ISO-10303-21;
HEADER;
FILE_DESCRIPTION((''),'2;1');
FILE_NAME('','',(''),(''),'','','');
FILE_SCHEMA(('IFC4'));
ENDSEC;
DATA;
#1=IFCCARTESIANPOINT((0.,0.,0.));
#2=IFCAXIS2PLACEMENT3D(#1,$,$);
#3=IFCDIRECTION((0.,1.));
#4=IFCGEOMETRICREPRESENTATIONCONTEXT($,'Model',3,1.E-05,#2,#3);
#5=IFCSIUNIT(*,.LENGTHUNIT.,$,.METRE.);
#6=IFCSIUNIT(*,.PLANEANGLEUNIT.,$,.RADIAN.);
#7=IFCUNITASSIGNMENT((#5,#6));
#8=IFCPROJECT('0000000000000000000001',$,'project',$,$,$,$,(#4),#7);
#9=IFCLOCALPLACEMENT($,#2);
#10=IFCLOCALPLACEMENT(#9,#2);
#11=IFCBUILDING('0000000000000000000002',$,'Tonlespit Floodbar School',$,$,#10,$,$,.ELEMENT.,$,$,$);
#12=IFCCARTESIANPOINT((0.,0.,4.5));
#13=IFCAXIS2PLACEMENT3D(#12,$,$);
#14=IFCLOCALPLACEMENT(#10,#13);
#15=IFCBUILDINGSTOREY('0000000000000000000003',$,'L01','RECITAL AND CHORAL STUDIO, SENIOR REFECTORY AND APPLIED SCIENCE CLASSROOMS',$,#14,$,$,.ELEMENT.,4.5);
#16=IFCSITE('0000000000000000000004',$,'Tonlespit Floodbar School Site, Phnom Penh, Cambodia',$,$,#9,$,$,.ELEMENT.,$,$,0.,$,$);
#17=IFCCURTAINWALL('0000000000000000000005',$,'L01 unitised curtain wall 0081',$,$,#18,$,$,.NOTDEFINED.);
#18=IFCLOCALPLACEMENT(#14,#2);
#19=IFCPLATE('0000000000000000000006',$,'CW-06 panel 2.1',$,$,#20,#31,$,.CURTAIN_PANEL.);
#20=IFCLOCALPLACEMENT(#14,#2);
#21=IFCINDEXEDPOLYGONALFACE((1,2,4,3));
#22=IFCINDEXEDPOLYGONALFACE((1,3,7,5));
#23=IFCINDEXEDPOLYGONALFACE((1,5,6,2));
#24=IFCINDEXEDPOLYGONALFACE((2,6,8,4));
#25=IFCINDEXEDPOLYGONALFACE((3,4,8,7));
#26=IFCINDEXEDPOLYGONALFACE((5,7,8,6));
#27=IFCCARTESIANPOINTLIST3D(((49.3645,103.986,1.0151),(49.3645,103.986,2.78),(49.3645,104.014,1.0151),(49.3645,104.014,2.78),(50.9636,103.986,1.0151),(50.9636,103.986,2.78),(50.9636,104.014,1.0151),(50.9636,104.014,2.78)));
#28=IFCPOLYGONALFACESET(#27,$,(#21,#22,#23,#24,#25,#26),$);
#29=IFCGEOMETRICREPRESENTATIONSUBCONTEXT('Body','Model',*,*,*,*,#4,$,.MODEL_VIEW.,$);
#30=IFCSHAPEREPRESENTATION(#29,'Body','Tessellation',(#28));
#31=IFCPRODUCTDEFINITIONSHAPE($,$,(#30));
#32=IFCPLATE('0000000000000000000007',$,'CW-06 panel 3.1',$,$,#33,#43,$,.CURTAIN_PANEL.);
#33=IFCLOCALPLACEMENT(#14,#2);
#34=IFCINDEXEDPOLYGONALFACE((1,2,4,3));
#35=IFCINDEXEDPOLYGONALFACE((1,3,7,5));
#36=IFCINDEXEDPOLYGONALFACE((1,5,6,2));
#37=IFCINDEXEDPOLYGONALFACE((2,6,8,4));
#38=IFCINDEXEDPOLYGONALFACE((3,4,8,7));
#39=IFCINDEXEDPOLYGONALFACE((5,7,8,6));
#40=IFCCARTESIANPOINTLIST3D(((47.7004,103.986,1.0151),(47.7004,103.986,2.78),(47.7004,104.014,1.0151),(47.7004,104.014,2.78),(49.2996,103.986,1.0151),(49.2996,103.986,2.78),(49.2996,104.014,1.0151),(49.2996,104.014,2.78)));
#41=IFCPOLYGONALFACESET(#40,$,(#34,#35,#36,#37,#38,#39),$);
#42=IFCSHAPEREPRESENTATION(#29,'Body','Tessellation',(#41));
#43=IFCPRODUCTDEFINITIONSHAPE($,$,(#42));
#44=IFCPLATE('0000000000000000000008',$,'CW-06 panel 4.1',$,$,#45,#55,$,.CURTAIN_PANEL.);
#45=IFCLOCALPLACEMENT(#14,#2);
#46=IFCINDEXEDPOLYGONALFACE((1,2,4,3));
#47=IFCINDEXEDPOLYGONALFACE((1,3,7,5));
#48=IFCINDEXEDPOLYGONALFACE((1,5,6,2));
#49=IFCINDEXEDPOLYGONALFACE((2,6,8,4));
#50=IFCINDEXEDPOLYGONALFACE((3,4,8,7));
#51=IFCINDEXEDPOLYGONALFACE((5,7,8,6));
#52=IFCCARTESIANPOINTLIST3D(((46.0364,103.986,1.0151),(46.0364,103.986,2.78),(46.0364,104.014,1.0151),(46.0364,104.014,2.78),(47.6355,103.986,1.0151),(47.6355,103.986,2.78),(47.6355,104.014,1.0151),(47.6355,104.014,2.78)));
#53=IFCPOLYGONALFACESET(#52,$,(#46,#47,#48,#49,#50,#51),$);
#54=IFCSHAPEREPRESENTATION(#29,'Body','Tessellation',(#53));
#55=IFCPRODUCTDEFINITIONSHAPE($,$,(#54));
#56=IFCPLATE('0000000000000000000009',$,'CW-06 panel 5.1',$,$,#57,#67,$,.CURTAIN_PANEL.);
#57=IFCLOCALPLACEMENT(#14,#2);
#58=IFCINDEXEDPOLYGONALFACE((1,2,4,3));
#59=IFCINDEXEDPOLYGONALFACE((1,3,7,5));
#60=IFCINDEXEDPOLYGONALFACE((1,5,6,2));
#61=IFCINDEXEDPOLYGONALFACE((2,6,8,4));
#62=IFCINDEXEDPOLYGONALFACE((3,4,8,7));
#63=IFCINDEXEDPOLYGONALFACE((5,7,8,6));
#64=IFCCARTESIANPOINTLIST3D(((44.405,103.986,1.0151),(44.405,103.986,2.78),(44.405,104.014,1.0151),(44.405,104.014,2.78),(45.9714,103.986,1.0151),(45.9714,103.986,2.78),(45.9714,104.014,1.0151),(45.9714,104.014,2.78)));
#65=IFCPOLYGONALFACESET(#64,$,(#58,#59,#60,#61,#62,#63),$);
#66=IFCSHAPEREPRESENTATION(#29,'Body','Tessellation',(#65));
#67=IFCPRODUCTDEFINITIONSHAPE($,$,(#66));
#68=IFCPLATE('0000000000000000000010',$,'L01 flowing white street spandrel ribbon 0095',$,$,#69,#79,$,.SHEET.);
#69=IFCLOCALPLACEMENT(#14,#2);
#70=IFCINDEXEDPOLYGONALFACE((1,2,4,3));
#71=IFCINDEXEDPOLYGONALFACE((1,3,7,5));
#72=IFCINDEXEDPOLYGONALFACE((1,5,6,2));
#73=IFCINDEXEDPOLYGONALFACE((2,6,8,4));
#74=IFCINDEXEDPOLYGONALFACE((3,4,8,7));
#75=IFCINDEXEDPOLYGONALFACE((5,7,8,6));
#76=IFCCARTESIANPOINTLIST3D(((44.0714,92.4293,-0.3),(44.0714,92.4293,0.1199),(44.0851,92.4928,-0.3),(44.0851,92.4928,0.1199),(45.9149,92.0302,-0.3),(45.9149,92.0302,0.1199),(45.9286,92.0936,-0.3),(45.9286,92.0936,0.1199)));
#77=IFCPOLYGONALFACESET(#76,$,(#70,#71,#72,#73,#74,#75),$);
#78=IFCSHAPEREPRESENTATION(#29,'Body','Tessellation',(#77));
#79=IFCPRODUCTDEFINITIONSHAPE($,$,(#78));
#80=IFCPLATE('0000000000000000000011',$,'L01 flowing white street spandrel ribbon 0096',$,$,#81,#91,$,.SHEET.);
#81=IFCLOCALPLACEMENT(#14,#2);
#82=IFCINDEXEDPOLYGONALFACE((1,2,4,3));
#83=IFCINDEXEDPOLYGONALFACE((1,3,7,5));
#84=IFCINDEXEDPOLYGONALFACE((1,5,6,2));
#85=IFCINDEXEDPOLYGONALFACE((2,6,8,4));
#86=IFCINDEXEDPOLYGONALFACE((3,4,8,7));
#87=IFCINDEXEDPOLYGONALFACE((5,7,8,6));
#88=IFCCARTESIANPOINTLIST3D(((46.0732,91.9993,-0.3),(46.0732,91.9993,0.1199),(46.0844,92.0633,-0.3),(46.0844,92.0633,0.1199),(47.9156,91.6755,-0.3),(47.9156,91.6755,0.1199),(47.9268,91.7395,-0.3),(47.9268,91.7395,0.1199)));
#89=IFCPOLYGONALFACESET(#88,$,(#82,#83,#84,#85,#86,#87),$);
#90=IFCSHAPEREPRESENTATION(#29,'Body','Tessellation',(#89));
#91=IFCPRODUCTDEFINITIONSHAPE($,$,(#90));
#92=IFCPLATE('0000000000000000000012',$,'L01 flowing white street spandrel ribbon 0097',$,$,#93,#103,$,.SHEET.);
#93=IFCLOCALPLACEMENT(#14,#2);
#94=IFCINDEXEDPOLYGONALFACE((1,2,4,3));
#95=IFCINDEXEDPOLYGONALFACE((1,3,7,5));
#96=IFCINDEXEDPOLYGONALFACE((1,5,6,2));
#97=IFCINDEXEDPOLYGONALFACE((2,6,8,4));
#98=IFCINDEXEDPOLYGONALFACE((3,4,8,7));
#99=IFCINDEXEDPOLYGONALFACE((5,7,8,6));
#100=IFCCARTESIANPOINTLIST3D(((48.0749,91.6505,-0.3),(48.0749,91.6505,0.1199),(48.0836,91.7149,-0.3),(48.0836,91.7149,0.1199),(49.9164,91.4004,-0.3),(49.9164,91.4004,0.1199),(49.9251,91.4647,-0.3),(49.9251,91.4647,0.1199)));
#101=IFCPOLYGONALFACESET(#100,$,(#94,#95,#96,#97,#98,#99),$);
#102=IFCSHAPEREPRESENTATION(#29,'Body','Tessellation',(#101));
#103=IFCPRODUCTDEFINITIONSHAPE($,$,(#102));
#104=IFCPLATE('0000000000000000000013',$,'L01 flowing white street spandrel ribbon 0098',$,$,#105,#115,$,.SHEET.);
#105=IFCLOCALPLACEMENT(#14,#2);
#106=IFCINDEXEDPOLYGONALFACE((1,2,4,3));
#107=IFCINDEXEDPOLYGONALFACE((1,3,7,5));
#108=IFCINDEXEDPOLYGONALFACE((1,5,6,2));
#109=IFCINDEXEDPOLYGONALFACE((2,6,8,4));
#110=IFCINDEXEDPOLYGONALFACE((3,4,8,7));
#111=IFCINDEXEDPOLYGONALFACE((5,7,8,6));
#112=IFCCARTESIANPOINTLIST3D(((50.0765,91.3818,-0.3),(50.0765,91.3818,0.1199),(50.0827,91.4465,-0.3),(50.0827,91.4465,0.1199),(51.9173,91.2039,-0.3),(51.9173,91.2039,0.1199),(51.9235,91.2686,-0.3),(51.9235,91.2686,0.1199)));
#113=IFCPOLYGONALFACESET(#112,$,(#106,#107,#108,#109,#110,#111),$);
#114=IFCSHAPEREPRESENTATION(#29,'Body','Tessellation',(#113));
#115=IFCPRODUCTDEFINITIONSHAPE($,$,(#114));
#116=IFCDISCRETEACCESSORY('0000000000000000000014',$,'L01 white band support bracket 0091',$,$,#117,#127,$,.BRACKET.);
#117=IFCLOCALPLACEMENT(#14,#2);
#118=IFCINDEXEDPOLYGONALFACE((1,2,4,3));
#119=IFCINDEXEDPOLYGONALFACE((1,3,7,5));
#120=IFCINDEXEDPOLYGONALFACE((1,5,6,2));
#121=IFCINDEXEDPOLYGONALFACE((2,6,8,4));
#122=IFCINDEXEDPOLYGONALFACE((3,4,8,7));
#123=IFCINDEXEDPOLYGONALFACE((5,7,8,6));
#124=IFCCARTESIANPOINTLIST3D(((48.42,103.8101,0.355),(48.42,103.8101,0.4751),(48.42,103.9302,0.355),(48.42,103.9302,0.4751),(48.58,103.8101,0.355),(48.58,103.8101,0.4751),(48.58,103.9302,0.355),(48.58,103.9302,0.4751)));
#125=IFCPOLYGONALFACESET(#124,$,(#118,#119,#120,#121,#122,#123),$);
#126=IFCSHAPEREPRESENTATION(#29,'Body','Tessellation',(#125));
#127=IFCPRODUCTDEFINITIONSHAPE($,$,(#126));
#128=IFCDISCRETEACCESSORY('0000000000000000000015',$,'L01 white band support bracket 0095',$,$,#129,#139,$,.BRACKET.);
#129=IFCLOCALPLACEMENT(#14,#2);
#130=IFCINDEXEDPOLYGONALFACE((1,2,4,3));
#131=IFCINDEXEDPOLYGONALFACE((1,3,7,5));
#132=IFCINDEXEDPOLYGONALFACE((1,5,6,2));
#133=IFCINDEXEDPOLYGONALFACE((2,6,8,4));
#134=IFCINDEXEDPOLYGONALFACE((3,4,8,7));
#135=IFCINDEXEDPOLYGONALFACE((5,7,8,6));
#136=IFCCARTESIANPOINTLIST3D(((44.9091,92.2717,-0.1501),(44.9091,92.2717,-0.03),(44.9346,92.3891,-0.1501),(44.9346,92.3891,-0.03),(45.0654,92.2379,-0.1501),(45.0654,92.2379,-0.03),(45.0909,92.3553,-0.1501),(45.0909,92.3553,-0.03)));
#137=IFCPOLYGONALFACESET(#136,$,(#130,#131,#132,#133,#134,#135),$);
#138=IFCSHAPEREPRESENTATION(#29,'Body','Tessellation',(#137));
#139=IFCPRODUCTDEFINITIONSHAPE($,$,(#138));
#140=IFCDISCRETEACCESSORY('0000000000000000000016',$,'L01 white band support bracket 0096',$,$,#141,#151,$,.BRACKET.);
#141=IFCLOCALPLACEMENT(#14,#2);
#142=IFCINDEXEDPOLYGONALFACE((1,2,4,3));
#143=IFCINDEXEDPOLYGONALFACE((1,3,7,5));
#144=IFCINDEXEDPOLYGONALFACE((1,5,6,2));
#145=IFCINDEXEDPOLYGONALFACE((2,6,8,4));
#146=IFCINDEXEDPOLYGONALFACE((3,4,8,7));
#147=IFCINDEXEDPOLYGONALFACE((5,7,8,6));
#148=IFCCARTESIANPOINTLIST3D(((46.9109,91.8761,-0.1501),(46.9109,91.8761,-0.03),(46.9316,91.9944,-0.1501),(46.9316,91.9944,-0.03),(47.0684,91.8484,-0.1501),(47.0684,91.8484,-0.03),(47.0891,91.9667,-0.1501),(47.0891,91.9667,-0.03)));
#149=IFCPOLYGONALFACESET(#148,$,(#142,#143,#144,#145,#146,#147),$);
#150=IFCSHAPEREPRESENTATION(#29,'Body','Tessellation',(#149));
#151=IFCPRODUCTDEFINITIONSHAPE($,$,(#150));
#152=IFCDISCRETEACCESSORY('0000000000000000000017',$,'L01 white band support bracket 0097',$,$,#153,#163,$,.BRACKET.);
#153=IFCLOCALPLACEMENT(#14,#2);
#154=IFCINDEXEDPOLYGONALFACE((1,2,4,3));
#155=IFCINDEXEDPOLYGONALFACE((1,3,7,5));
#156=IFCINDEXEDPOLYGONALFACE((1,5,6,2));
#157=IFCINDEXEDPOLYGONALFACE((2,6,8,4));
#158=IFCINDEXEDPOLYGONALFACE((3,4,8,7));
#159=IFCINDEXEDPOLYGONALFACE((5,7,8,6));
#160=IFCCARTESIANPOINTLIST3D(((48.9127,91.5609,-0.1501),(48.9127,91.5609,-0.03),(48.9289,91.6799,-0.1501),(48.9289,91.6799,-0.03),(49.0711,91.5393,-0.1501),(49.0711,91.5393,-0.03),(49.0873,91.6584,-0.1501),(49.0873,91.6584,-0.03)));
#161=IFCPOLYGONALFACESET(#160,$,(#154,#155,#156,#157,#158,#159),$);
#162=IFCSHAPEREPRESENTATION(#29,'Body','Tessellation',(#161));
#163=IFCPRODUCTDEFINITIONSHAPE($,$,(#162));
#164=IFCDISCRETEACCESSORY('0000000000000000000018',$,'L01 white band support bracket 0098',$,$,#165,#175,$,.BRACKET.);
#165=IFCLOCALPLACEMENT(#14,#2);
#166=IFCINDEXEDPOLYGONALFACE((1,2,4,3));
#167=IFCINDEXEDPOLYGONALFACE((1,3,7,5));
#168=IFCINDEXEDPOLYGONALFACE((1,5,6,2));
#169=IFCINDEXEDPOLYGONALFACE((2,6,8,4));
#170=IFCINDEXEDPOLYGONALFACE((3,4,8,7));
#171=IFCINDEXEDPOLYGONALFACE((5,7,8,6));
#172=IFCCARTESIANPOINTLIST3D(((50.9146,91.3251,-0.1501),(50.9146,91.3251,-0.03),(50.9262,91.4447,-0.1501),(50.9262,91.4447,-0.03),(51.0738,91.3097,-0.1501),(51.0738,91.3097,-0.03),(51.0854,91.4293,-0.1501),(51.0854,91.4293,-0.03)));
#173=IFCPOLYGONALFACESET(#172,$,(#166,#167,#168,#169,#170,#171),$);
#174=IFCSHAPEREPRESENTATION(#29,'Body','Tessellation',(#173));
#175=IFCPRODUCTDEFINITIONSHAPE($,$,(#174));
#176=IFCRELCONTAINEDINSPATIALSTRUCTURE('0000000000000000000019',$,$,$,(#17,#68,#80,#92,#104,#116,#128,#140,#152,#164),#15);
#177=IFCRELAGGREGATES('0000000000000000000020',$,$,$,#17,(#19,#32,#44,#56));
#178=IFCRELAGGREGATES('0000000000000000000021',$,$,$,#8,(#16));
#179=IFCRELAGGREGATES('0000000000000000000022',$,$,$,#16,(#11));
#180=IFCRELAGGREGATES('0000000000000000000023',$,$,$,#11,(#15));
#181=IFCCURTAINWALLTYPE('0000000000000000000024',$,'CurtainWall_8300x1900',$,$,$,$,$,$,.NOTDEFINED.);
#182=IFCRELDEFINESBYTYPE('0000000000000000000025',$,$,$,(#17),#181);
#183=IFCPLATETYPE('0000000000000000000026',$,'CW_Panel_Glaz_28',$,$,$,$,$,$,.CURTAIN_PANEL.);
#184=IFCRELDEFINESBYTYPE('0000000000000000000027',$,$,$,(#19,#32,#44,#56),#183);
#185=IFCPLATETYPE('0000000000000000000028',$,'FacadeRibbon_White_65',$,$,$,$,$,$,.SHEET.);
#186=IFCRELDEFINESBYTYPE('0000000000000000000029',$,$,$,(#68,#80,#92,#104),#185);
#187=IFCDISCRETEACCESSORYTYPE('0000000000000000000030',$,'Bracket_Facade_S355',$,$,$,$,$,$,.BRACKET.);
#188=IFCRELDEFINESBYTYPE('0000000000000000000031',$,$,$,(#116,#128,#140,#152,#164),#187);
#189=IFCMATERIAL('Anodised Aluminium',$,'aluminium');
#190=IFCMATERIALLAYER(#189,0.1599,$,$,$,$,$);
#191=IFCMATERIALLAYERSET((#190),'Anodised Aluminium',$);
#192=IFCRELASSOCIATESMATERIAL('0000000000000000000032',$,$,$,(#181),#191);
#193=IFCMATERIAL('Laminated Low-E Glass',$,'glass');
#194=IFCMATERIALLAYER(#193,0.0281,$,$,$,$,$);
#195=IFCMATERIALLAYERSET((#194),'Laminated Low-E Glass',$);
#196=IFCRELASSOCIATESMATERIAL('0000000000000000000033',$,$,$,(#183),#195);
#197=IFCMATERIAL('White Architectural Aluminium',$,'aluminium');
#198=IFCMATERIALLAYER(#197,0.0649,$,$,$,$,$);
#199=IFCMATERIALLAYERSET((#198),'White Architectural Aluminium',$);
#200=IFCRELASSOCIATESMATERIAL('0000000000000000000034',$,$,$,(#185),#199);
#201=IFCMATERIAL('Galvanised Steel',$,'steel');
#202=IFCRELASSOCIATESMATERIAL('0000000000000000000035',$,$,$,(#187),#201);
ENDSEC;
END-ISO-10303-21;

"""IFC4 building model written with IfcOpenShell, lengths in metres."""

from ifc_helpers import new_model, si_unit, direction, frame, origin, origin_2d, place, context, subcontext, project, spatial, rectangle, extrude, material, layer, layer_set, type_object, element, aggregate, save


model = new_model("IFC4")

# Units and contexts
model_context = context("Model", 3, precision=1e-05, world=origin(), true_north=direction((0.0, 1.0)))
body_context = subcontext(model_context, "Body", "Model", "MODEL_VIEW")
ifc_project = project(units=[si_unit("LENGTHUNIT", "METRE"), si_unit("PLANEANGLEUNIT", "RADIAN")], contexts=[model_context])

# Site, building, storey
site_placement = place(None, origin())
site = spatial("IfcSite", under=ifc_project, at=site_placement, Name="Tonlespit Floodbar School Site, Phnom Penh, Cambodia", CompositionType="ELEMENT", RefElevation=0.0)
building_placement = place(site_placement, origin())
building = spatial("IfcBuilding", under=site, at=building_placement, Name="Tonlespit Floodbar School", CompositionType="ELEMENT")
storey_placement = place(building_placement, frame((0.0, 0.0, 4.5)))
storey = spatial("IfcBuildingStorey", under=building, at=storey_placement, Name="L01", Description="RECITAL AND CHORAL STUDIO, SENIOR REFECTORY AND APPLIED SCIENCE CLASSROOMS", CompositionType="ELEMENT", Elevation=4.5)

# Curtain wall
ifc_material_1 = material(Name="Anodised Aluminium", Category="aluminium")
ifc_layer_1 = layer(ifc_material_1, 0.1599)
ifc_layer_set_1 = layer_set([ifc_layer_1], Name="Anodised Aluminium")
curtain_wall_type = type_object("IfcCurtainWallType", Name="CurtainWall_8300x1900", PredefinedType="NOTDEFINED", material=ifc_layer_set_1)
curtain_wall_placement = place(storey_placement, origin())
curtain_wall = element("IfcCurtainWall", 1, at=curtain_wall_placement, inside=storey, type_object=curtain_wall_type, Name="L01 unitised curtain wall 0081", PredefinedType="NOTDEFINED")

# Plates
ifc_material_2 = material(Name="Laminated Low-E Glass", Category="glass")
ifc_layer_2 = layer(ifc_material_2, 0.0281)
ifc_layer_set_2 = layer_set([ifc_layer_2], Name="Laminated Low-E Glass")
plate_type_1 = type_object("IfcPlateType", Name="CW_Panel_Glaz_28", PredefinedType="CURTAIN_PANEL", material=ifc_layer_set_2)
plate_1_placement = place(storey_placement, frame((50.1641, 104.0, 1.0151), z_axis=(0.0, 0.0, 1.0), x_axis=(-1.0, 0.0, 0.0)))
plate_1 = element("IfcPlate", 2, at=plate_1_placement, type_object=plate_type_1, Name="CW-06 panel 2.1", PredefinedType="CURTAIN_PANEL", context=body_context, shape_type="SweptSolid", body=[
    extrude(rectangle(XDim=1.5991, YDim=0.0281, at=origin_2d()), origin(), (0.0, 0.0, 1.0), 1.7649),
])
plate_2_placement = place(storey_placement, frame((48.5, 104.0, 1.0151), z_axis=(0.0, 0.0, 1.0), x_axis=(-1.0, 0.0, 0.0)))
plate_2 = element("IfcPlate", 3, at=plate_2_placement, type_object=plate_type_1, Name="CW-06 panel 3.1", PredefinedType="CURTAIN_PANEL", context=body_context, shape_type="SweptSolid", body=[
    extrude(rectangle(XDim=1.5991, YDim=0.0281, at=origin_2d()), origin(), (0.0, 0.0, 1.0), 1.7649),
])
plate_3_placement = place(storey_placement, frame((46.8359, 104.0, 1.0151), z_axis=(0.0, 0.0, 1.0), x_axis=(-1.0, 0.0, 0.0)))
plate_3 = element("IfcPlate", 4, at=plate_3_placement, type_object=plate_type_1, Name="CW-06 panel 4.1", PredefinedType="CURTAIN_PANEL", context=body_context, shape_type="SweptSolid", body=[
    extrude(rectangle(XDim=1.5991, YDim=0.0281, at=origin_2d()), origin(), (0.0, 0.0, 1.0), 1.7649),
])
plate_4_placement = place(storey_placement, frame((45.1882, 104.0, 1.0151), z_axis=(0.0, 0.0, 1.0), x_axis=(-1.0, 0.0, 0.0)))
plate_4 = element("IfcPlate", 5, at=plate_4_placement, type_object=plate_type_1, Name="CW-06 panel 5.1", PredefinedType="CURTAIN_PANEL", context=body_context, shape_type="SweptSolid", body=[
    extrude(rectangle(XDim=1.5664, YDim=0.0281, at=origin_2d()), origin(), (0.0, 0.0, 1.0), 1.7649),
])
aggregate(curtain_wall, [plate_1, plate_2, plate_3, plate_4])

# Plates
ifc_material_3 = material(Name="White Architectural Aluminium", Category="aluminium")
ifc_layer_3 = layer(ifc_material_3, 0.0649)
ifc_layer_set_3 = layer_set([ifc_layer_3], Name="White Architectural Aluminium")
plate_type_2 = type_object("IfcPlateType", Name="FacadeRibbon_White_65", PredefinedType="SHEET", material=ifc_layer_set_3)
plate_5_placement = place(storey_placement, frame((45.0, 92.2615, -0.3), z_axis=(0.0, 0.0, 1.0), x_axis=(0.977357, -0.211598, 0.0)))
element("IfcPlate", 6, at=plate_5_placement, inside=storey, type_object=plate_type_2, Name="L01 flowing white street spandrel ribbon 0095", PredefinedType="SHEET", context=body_context, shape_type="SweptSolid", body=[
    extrude(rectangle(XDim=1.8862, YDim=0.0649, at=origin_2d()), origin(), (0.0, 0.0, 1.0), 0.4199),
])
plate_6_placement = place(storey_placement, frame((47.0, 91.8694, -0.3), z_axis=(0.0, 0.0, 1.0), x_axis=(0.984905, -0.173096, 0.0)))
element("IfcPlate", 7, at=plate_6_placement, inside=storey, type_object=plate_type_2, Name="L01 flowing white street spandrel ribbon 0096", PredefinedType="SHEET", context=body_context, shape_type="SweptSolid", body=[
    extrude(rectangle(XDim=1.8706, YDim=0.0649, at=origin_2d()), origin(), (0.0, 0.0, 1.0), 0.4199),
])
plate_7_placement = place(storey_placement, frame((49.0, 91.5576, -0.3), z_axis=(0.0, 0.0, 1.0), x_axis=(0.990898, -0.134614, 0.0)))
element("IfcPlate", 8, at=plate_7_placement, inside=storey, type_object=plate_type_2, Name="L01 flowing white street spandrel ribbon 0097", PredefinedType="SHEET", context=body_context, shape_type="SweptSolid", body=[
    extrude(rectangle(XDim=1.8584, YDim=0.0649, at=origin_2d()), origin(), (0.0, 0.0, 1.0), 0.4199),
])
plate_8_placement = place(storey_placement, frame((51.0, 91.3252, -0.3), z_axis=(0.0, 0.0, 1.0), x_axis=(0.995362, -0.096202, 0.0)))
element("IfcPlate", 9, at=plate_8_placement, inside=storey, type_object=plate_type_2, Name="L01 flowing white street spandrel ribbon 0098", PredefinedType="SHEET", context=body_context, shape_type="SweptSolid", body=[
    extrude(rectangle(XDim=1.8494, YDim=0.0649, at=origin_2d()), origin(), (0.0, 0.0, 1.0), 0.4199),
])

# Discrete accessories
ifc_material_4 = material(Name="Galvanised Steel", Category="steel")
discrete_accessory_type = type_object("IfcDiscreteAccessoryType", Name="Bracket_Facade_S355", PredefinedType="BRACKET", material=ifc_material_4)
for number, where, z_axis, x_axis, name in (
    (10, (48.5, 103.8701, 0.355), (0.0, 0.0, 1.0), (-1.0, 0.0, 0.0), "L01 white band support bracket 0091"),
    (11, (45.0, 92.3135, -0.1501), (0.0, 0.0, 1.0), (0.977357, -0.211598, 0.0), "L01 white band support bracket 0095"),
    (12, (47.0, 91.9214, -0.1501), (0.0, 0.0, 1.0), (0.984905, -0.173096, 0.0), "L01 white band support bracket 0096"),
    (13, (49.0, 91.6096, -0.1501), (0.0, 0.0, 1.0), (0.990898, -0.134614, 0.0), "L01 white band support bracket 0097"),
    (14, (51.0, 91.3772, -0.1501), (0.0, 0.0, 1.0), (0.995362, -0.096202, 0.0), "L01 white band support bracket 0098"),
):
    element("IfcDiscreteAccessory", number, at=place(storey_placement, frame(where, z_axis=z_axis, x_axis=x_axis)), inside=storey, type_object=discrete_accessory_type, Name=name, PredefinedType="BRACKET", context=body_context, shape_type="SweptSolid", body=[
        extrude(rectangle(XDim=0.1599, YDim=0.1201, at=origin_2d()), origin(), (0.0, 0.0, 1.0), 0.1201),
    ])

save(model, "model.ifc")
